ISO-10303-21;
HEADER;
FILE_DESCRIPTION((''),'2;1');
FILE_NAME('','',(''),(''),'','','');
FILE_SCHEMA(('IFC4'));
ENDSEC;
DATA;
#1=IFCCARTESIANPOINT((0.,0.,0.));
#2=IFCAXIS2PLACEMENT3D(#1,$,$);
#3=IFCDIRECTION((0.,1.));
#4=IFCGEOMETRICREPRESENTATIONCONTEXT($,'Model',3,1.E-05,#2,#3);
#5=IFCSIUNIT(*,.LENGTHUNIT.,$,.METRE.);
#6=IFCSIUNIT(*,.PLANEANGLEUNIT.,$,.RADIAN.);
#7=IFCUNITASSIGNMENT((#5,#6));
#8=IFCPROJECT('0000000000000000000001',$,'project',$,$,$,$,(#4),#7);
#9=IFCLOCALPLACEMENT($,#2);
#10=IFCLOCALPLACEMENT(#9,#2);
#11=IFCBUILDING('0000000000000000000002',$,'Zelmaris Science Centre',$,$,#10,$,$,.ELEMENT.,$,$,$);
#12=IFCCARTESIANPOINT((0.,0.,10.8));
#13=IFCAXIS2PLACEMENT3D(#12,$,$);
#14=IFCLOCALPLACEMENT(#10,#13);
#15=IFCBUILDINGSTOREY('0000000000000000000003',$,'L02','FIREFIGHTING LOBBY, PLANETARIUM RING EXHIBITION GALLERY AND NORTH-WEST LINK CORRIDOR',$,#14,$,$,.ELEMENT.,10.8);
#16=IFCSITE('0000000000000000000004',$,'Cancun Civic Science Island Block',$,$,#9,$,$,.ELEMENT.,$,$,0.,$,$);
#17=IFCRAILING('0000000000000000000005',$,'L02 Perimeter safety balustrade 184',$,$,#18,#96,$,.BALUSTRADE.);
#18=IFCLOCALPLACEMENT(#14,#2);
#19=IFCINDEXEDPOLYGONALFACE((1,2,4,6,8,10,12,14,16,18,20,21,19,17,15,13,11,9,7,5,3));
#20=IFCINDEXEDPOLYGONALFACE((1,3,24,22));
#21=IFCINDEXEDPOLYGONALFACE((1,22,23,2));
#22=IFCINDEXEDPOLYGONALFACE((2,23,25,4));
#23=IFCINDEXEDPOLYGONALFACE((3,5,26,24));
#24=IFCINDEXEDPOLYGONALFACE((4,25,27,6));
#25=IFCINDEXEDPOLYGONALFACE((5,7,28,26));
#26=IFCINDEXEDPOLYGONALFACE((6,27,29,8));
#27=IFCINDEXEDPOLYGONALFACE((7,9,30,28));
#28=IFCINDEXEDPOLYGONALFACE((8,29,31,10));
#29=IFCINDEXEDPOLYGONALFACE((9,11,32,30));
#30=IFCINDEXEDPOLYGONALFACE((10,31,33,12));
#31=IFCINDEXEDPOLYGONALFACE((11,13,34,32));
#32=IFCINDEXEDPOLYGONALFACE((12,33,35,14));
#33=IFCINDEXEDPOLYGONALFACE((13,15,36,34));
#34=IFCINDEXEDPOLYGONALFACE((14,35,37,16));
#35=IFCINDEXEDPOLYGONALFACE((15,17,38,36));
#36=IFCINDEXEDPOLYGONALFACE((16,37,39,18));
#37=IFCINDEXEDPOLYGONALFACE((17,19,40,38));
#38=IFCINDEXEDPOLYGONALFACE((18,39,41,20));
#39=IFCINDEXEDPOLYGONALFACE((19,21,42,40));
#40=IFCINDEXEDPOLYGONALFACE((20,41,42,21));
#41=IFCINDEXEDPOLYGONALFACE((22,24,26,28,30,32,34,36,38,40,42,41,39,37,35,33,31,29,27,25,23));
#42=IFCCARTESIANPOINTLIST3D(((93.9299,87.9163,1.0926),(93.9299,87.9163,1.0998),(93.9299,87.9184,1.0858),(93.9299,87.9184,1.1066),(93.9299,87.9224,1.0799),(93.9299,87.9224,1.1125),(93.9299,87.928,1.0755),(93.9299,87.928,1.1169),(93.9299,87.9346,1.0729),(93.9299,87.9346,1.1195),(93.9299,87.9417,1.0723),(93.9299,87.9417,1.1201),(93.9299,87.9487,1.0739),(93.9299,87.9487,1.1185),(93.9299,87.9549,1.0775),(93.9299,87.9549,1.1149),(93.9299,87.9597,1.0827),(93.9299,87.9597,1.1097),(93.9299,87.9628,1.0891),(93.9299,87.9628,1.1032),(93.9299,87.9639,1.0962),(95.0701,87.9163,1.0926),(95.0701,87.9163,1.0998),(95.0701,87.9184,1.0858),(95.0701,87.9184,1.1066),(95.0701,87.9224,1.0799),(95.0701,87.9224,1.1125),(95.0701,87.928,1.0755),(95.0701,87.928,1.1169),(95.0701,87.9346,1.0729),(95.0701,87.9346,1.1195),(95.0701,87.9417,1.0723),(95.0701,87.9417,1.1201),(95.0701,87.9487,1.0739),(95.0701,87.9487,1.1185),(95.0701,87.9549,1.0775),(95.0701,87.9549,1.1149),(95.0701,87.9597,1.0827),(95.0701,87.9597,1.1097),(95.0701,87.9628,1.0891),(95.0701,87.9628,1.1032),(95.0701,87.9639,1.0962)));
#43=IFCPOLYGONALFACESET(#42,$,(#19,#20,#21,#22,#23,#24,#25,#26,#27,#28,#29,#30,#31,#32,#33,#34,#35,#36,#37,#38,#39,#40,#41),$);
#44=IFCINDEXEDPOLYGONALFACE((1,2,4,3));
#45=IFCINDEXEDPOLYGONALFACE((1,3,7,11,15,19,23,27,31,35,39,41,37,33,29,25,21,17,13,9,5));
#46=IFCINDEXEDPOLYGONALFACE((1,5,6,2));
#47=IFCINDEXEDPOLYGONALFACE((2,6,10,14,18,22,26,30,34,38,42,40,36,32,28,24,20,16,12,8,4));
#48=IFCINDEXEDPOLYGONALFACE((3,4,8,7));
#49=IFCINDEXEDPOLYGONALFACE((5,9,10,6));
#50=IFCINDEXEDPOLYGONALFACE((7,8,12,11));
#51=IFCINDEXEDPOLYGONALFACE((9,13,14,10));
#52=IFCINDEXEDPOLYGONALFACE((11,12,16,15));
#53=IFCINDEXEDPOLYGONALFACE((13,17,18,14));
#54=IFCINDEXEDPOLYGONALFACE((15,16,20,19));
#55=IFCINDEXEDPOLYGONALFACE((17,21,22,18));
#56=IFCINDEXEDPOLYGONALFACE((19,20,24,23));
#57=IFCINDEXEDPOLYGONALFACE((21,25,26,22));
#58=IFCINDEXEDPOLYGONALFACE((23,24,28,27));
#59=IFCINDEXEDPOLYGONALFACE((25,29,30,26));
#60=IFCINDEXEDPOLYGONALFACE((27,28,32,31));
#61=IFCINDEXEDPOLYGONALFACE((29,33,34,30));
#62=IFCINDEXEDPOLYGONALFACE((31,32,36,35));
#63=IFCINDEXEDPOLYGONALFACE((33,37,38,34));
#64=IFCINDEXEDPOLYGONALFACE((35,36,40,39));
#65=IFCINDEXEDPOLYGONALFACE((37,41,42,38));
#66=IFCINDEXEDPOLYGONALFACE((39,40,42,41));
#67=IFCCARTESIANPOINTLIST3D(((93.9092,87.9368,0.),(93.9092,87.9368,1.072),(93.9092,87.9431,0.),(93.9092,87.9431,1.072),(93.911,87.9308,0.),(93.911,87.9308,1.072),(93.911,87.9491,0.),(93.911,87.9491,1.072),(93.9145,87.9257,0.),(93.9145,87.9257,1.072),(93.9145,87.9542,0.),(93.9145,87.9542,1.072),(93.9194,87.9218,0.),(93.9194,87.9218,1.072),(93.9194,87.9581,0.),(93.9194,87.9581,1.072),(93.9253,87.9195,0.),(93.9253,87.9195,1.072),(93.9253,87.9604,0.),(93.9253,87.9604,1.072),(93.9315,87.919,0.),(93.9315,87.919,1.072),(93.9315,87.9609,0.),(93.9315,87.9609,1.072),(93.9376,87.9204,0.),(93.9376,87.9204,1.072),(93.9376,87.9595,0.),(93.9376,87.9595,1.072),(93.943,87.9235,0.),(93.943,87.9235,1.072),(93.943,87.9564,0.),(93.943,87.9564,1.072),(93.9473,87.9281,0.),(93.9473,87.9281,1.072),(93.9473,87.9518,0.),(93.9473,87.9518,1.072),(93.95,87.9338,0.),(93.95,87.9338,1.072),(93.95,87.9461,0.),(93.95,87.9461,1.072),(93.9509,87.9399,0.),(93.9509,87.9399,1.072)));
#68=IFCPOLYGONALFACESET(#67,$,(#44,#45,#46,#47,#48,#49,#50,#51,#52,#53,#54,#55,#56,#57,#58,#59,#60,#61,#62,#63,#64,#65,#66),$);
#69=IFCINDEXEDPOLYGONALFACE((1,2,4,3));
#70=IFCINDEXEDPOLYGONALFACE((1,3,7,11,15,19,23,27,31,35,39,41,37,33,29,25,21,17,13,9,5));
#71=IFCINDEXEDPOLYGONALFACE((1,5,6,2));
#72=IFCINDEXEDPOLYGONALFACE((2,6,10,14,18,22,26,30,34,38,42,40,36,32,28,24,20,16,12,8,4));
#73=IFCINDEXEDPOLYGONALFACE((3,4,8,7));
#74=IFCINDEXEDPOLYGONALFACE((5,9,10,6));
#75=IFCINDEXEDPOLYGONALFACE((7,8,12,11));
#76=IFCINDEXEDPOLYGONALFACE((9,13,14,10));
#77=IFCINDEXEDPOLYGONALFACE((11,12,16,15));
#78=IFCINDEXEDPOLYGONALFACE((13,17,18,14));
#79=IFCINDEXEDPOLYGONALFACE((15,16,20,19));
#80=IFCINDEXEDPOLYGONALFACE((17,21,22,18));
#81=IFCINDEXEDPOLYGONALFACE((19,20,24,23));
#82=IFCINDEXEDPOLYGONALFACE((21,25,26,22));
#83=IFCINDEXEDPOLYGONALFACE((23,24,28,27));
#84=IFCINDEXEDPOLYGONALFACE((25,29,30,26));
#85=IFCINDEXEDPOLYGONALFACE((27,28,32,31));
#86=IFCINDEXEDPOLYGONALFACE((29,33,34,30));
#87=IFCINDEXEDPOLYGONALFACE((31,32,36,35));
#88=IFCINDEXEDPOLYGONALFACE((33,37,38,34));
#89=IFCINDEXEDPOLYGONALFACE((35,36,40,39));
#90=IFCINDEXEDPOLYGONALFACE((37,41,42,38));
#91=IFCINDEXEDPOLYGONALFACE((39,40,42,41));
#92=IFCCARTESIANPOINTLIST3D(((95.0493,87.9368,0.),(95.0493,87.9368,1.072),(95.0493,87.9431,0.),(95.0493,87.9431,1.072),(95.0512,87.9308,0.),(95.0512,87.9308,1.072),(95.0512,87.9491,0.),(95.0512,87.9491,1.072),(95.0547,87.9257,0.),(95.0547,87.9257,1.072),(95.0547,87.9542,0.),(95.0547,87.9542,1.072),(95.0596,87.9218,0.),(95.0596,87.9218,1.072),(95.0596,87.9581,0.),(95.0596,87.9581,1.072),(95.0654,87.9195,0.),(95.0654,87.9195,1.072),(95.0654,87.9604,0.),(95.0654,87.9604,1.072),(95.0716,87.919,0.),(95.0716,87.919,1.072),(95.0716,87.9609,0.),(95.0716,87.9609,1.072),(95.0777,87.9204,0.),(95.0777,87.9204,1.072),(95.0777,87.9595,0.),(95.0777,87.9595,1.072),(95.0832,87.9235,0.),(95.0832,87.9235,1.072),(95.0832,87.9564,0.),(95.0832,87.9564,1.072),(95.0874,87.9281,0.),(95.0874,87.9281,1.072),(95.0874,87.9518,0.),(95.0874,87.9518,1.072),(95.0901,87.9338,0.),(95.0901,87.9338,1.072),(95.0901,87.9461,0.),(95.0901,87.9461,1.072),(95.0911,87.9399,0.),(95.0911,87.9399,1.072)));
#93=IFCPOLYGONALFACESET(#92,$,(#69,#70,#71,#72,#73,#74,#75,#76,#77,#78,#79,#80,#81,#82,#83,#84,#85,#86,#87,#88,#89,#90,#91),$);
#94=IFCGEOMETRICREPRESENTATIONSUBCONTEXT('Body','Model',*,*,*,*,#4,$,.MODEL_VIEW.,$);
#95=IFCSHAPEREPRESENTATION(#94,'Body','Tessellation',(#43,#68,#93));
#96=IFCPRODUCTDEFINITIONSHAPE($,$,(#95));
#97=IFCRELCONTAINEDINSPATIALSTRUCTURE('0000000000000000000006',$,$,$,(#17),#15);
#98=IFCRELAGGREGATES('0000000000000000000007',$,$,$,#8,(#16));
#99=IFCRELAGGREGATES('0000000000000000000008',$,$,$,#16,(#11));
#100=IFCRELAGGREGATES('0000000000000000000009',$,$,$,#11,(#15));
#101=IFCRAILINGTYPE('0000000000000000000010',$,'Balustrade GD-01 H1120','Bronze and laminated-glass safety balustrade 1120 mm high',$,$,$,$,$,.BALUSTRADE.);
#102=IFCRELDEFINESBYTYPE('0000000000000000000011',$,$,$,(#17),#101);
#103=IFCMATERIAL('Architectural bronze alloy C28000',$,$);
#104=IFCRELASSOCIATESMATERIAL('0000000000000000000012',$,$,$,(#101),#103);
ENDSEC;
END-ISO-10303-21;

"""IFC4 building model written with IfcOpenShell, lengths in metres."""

from ifc_helpers import new_model, si_unit, direction, frame, origin, origin_2d, place, context, subcontext, project, spatial, circle, extrude, material, type_object, element, save


model = new_model("IFC4")

# Units and contexts
model_context = context("Model", 3, precision=1e-05, world=origin(), true_north=direction((0.0, 1.0)))
body_context = subcontext(model_context, "Body", "Model", "MODEL_VIEW")
ifc_project = project(units=[si_unit("LENGTHUNIT", "METRE"), si_unit("PLANEANGLEUNIT", "RADIAN")], contexts=[model_context])

# Site, building, storey
site_placement = place(None, origin())
site = spatial("IfcSite", under=ifc_project, at=site_placement, Name="Cancun Civic Science Island Block", CompositionType="ELEMENT", RefElevation=0.0)
building_placement = place(site_placement, origin())
building = spatial("IfcBuilding", under=site, at=building_placement, Name="Zelmaris Science Centre", CompositionType="ELEMENT")
storey_placement = place(building_placement, frame((0.0, 0.0, 10.8)))
storey = spatial("IfcBuildingStorey", under=building, at=storey_placement, Name="L02", Description="FIREFIGHTING LOBBY, PLANETARIUM RING EXHIBITION GALLERY AND NORTH-WEST LINK CORRIDOR", CompositionType="ELEMENT", Elevation=10.8)

# Railing
ifc_material_1 = material(Name="Architectural bronze alloy C28000")
railing_type = type_object("IfcRailingType", Name="Balustrade GD-01 H1120", Description="Bronze and laminated-glass safety balustrade 1120 mm high", PredefinedType="BALUSTRADE", material=ifc_material_1)
railing_placement = place(storey_placement, frame((93.9299, 87.9399, 0.0)))
element("IfcRailing", 1, at=railing_placement, inside=storey, type_object=railing_type, Name="L02 Perimeter safety balustrade 184", PredefinedType="BALUSTRADE", context=body_context, shape_type="SweptSolid", body=[
    extrude(circle(Radius=0.0239, at=origin_2d()), frame((0.0, 0.0, 1.0962), z_axis=(1.0, 0.0, 0.0), x_axis=(0.0, 1.0, 0.0)), (0.0, 0.0, 1.0), 1.1401),
    extrude(circle(Radius=0.021, at=origin_2d()), origin(), (0.0, 0.0, 1.0), 1.072),
    extrude(circle(Radius=0.021, at=origin_2d()), frame((1.1401, 0.0, 0.0)), (0.0, 0.0, 1.0), 1.072),
])

save(model, "model.ifc")
